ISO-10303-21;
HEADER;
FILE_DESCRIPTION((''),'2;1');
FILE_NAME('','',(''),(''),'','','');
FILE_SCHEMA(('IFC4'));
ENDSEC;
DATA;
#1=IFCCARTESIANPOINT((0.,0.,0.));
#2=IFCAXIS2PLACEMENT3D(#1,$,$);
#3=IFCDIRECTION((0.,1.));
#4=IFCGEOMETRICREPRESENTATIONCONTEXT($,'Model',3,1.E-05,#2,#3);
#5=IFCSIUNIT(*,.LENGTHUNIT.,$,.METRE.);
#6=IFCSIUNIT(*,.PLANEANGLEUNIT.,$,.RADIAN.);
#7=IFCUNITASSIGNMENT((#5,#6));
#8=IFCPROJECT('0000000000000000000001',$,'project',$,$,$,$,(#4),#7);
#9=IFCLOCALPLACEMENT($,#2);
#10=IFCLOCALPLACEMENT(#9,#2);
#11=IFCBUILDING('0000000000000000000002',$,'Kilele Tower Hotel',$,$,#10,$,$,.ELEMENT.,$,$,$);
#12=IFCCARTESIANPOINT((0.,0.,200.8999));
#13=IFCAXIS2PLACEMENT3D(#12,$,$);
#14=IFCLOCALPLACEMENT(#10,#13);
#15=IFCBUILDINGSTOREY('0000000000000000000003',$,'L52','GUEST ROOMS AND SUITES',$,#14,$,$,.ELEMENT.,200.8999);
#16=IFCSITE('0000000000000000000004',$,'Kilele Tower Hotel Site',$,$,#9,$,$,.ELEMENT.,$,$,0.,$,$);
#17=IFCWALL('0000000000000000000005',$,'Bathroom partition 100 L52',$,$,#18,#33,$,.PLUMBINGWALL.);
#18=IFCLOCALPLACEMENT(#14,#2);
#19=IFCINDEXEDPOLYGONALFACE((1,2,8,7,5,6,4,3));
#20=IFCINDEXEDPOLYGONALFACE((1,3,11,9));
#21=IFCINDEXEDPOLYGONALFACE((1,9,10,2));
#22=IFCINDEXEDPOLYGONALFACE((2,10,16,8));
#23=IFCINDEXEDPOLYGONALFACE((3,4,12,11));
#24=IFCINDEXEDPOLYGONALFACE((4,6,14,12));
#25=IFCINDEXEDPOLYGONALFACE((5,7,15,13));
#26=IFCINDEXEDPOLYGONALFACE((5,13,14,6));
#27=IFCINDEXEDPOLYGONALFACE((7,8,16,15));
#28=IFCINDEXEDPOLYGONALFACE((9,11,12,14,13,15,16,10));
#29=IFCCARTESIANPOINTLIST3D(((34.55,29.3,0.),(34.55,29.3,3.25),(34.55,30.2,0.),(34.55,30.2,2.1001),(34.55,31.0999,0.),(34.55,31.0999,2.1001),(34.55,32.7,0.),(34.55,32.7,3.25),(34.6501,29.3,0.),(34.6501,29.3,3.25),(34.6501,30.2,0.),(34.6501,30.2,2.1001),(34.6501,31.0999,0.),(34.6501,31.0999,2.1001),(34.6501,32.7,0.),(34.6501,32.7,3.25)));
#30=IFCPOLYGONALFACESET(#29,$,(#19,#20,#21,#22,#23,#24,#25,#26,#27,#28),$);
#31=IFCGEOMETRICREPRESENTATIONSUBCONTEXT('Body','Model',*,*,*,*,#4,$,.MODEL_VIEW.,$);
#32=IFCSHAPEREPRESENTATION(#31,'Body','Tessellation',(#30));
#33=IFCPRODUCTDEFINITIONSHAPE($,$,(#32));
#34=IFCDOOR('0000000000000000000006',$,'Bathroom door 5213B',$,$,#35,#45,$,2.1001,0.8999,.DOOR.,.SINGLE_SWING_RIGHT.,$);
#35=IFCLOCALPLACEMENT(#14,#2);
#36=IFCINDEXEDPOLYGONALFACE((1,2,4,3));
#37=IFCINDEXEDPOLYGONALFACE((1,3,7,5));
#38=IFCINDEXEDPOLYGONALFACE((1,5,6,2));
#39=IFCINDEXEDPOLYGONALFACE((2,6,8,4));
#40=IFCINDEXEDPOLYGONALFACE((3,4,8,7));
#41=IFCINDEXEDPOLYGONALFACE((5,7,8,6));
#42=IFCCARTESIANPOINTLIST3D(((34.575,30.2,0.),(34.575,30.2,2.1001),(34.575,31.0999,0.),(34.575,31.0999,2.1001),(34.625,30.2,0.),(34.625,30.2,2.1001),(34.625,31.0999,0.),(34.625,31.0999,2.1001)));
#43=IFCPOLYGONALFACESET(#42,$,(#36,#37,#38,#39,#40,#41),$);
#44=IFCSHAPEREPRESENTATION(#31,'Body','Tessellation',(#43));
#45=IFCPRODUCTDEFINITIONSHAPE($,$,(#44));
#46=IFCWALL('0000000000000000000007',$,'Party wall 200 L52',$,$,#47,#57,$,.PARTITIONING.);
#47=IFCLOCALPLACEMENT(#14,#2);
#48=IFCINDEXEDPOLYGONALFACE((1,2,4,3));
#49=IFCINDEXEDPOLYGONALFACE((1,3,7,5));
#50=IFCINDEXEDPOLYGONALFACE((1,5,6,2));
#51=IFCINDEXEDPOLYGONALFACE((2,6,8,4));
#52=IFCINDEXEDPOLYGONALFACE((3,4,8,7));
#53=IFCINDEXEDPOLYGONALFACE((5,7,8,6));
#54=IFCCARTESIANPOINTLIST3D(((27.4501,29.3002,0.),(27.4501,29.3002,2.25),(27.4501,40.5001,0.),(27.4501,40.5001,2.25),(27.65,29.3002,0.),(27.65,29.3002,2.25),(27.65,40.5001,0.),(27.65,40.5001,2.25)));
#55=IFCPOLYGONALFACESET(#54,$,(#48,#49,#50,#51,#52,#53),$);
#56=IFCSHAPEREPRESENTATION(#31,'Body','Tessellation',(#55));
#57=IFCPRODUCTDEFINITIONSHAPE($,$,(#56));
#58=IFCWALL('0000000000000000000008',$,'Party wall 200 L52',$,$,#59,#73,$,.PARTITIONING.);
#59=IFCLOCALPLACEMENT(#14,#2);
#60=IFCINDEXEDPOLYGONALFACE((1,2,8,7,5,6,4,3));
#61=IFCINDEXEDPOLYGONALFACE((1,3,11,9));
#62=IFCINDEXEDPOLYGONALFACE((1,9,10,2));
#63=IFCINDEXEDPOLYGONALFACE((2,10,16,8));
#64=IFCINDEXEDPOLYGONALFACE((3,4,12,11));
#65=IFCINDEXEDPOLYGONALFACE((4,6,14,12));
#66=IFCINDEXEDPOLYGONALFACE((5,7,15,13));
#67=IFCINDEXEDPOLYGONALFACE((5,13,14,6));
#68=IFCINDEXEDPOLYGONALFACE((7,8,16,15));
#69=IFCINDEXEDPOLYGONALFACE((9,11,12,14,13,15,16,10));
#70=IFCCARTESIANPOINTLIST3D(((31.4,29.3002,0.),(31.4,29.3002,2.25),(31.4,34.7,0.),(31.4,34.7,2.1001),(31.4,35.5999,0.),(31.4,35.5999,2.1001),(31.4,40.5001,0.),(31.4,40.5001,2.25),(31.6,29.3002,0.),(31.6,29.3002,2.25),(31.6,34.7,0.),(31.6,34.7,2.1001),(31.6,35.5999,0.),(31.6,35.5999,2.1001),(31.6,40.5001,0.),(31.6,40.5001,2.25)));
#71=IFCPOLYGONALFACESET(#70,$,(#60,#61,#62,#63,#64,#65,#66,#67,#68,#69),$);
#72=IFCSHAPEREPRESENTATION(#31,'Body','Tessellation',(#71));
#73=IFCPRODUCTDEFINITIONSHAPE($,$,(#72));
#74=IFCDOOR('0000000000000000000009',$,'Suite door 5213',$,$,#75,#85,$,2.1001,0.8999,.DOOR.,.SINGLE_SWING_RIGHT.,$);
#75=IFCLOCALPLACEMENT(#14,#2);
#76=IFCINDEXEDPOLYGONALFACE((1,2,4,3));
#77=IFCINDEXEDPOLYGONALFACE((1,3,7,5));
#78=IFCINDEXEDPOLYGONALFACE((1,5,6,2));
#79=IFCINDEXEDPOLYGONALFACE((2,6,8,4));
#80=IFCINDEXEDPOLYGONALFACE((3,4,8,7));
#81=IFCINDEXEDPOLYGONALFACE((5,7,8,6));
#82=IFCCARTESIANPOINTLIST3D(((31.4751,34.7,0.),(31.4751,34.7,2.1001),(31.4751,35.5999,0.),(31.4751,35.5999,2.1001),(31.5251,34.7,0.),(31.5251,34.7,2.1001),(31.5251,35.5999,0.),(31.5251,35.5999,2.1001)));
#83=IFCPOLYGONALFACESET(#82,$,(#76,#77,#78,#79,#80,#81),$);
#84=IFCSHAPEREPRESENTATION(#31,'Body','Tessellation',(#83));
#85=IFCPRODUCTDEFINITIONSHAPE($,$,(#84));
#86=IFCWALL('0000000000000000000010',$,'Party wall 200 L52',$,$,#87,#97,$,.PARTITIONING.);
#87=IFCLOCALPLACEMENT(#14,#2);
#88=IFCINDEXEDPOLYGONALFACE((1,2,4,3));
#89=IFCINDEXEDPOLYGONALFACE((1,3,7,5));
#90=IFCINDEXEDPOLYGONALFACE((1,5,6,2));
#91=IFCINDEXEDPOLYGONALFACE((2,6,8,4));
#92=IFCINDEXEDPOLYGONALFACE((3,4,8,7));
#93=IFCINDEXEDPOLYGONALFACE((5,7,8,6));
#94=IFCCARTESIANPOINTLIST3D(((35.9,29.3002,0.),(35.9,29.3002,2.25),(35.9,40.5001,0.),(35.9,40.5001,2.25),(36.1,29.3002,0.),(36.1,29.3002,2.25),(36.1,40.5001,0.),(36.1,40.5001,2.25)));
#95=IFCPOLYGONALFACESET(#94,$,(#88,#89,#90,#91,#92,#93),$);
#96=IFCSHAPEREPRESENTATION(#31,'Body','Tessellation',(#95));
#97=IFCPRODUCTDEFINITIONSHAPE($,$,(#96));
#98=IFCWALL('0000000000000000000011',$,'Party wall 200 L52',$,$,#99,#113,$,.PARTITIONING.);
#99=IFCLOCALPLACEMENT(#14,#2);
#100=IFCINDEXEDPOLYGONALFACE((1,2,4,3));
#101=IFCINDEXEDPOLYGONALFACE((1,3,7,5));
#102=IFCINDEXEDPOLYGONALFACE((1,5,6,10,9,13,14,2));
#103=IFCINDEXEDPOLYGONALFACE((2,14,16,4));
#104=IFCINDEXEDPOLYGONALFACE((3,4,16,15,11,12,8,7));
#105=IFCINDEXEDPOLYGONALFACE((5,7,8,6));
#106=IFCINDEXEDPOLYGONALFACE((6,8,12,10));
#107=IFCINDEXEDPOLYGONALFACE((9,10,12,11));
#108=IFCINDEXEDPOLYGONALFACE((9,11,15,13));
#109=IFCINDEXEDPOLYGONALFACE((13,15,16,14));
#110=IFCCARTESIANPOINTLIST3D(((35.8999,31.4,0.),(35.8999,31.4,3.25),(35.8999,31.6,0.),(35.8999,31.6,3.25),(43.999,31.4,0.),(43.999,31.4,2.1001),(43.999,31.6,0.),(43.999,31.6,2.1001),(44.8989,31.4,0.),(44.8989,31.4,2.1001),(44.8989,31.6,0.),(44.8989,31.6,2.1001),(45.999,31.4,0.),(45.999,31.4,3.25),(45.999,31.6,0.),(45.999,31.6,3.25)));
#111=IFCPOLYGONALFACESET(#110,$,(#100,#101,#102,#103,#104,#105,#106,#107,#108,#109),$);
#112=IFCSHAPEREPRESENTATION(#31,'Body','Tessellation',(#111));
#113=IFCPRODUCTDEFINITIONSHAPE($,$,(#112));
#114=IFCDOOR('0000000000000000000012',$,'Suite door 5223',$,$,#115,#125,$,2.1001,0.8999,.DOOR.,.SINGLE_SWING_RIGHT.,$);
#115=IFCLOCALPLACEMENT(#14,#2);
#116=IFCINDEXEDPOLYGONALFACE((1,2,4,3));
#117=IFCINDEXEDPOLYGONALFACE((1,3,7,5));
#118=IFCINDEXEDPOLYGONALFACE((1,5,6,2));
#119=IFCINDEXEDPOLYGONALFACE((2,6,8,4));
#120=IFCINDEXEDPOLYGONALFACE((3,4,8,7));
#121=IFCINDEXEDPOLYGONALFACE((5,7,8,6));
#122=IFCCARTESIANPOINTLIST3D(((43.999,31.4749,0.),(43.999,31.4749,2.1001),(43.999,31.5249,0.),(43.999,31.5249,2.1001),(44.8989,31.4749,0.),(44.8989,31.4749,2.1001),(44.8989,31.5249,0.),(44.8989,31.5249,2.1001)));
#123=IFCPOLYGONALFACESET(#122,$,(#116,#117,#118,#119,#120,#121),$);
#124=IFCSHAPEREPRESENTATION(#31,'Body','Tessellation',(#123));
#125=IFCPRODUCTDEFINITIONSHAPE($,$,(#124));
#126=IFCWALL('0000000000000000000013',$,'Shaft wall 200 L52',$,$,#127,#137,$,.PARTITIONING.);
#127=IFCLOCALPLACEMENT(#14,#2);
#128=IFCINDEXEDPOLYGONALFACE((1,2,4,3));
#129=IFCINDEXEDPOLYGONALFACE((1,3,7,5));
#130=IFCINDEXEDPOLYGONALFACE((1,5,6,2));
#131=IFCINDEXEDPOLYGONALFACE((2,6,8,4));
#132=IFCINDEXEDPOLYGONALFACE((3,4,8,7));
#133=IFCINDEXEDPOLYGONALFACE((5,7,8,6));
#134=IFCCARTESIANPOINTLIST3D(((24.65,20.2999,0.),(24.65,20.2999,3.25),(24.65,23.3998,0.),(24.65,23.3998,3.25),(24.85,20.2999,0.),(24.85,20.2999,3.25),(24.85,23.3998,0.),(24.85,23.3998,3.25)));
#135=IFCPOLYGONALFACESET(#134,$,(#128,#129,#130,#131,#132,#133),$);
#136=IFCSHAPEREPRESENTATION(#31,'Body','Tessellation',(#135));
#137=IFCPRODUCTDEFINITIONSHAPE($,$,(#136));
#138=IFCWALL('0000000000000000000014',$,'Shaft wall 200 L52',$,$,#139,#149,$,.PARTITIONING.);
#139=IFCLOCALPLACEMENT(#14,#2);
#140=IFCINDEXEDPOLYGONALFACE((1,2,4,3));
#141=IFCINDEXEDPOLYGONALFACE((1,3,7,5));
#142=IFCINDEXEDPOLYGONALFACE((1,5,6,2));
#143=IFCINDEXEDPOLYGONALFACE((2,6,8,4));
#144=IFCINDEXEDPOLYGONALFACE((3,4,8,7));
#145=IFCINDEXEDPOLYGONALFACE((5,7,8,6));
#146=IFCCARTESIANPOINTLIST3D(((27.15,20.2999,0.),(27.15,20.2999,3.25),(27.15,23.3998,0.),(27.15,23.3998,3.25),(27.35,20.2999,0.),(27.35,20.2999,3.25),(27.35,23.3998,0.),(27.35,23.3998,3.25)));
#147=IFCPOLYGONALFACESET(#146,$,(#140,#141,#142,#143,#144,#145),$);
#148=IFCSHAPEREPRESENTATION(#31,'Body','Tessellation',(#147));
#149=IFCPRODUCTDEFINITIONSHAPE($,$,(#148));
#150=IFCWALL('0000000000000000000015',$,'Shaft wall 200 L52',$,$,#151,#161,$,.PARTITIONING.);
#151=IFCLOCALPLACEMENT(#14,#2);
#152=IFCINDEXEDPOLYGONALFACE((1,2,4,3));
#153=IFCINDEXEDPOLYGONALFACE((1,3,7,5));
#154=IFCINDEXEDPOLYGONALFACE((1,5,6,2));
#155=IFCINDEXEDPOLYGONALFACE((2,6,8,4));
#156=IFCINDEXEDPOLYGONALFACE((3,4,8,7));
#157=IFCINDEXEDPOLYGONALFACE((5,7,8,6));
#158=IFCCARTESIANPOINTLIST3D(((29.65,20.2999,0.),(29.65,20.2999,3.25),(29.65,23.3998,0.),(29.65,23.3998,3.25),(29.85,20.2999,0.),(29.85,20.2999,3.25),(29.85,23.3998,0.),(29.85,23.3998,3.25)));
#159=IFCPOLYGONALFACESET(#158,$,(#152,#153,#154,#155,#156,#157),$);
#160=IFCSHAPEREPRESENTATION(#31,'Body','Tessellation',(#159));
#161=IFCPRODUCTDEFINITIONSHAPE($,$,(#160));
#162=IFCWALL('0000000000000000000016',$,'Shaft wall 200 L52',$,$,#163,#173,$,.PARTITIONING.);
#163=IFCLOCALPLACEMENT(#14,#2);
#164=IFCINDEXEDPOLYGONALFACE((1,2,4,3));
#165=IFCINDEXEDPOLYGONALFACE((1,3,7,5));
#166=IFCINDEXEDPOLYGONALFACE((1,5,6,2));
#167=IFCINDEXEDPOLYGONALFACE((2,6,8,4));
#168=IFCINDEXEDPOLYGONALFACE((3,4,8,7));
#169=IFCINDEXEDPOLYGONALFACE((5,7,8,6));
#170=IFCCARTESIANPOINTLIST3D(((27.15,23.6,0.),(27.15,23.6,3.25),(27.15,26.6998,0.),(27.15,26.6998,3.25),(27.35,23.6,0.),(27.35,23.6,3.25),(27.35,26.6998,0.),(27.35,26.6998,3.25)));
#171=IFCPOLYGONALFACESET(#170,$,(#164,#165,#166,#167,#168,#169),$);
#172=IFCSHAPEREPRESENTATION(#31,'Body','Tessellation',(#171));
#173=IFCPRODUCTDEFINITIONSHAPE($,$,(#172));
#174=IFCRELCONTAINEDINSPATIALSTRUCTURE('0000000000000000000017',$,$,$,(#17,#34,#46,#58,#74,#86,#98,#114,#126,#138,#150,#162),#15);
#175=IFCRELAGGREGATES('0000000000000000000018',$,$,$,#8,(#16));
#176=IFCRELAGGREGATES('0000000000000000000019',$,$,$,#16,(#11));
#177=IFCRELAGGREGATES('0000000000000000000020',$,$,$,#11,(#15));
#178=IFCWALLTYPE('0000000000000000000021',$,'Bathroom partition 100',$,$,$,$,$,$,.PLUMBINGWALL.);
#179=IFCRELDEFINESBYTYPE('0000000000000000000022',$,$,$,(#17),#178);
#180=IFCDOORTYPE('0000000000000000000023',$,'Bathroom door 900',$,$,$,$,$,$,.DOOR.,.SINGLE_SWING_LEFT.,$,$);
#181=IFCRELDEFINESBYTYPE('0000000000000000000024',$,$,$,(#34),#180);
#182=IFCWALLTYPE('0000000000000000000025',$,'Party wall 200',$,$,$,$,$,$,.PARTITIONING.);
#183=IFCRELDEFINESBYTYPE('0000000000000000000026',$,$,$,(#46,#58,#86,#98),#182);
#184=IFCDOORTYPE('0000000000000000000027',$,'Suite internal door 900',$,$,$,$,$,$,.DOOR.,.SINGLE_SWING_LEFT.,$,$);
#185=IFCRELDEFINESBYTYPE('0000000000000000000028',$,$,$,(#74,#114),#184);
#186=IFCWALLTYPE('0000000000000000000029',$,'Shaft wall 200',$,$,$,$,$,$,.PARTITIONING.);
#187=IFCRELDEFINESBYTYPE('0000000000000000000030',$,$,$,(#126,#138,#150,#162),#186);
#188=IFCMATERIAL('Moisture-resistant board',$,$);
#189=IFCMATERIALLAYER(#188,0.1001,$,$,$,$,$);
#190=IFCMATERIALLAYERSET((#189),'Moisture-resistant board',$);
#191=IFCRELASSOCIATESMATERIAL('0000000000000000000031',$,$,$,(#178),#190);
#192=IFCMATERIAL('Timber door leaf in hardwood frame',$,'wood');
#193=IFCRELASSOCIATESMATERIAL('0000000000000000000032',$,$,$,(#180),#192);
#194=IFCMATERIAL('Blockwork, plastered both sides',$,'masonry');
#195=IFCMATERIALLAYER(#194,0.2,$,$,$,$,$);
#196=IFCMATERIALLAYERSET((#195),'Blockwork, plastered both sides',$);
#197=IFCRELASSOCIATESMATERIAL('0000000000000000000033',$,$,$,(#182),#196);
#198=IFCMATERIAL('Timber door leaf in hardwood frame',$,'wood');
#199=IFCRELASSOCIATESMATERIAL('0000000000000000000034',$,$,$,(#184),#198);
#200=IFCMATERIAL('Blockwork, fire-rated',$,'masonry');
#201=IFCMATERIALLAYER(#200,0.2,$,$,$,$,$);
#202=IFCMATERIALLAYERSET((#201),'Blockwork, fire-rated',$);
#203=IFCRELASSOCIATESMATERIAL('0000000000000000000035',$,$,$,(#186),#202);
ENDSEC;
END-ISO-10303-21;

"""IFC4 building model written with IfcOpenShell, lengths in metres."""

from ifc_helpers import new_model, si_unit, direction, frame, frame_2d, origin, place, context, subcontext, project, spatial, rectangle, extrude, material, layer, layer_set, type_object, element, fill, save


model = new_model("IFC4")

# Units and contexts
model_context = context("Model", 3, precision=1e-05, world=origin(), true_north=direction((0.0, 1.0)))
body_context = subcontext(model_context, "Body", "Model", "MODEL_VIEW")
ifc_project = project(units=[si_unit("LENGTHUNIT", "METRE"), si_unit("PLANEANGLEUNIT", "RADIAN")], contexts=[model_context])

# Site, building, storey
site_placement = place(None, origin())
site = spatial("IfcSite", under=ifc_project, at=site_placement, Name="Kilele Tower Hotel Site", CompositionType="ELEMENT", RefElevation=0.0)
building_placement = place(site_placement, origin())
building = spatial("IfcBuilding", under=site, at=building_placement, Name="Kilele Tower Hotel", CompositionType="ELEMENT")
storey_placement = place(building_placement, frame((0.0, 0.0, 200.8999)))
storey = spatial("IfcBuildingStorey", under=building, at=storey_placement, Name="L52", Description="GUEST ROOMS AND SUITES", CompositionType="ELEMENT", Elevation=200.8999)

# Shared definitions
ifc_material_1 = material(Name="Moisture-resistant board")
ifc_layer_1 = layer(ifc_material_1, 0.1001)
ifc_layer_set_1 = layer_set([ifc_layer_1], Name="Moisture-resistant board")
wall_type_1 = type_object("IfcWallType", Name="Bathroom partition 100", PredefinedType="PLUMBINGWALL", material=ifc_layer_set_1)

# Shared definitions
ifc_material_2 = material(Name="Timber door leaf in hardwood frame", Category="wood")
door_type_1 = type_object("IfcDoorType", Name="Bathroom door 900", OperationType="SINGLE_SWING_LEFT", PredefinedType="DOOR", material=ifc_material_2)

# Wall, opening, door
wall_1_placement = place(storey_placement, frame((34.6001, 29.3, 0.0), z_axis=(0.0, 0.0, 1.0), x_axis=(0.0, 1.0, 0.0)))
wall_1 = element("IfcWall", 1, at=wall_1_placement, inside=storey, type_object=wall_type_1, Name="Bathroom partition 100 L52", PredefinedType="PLUMBINGWALL", context=body_context, shape_type="SweptSolid", body=[
    extrude(rectangle(XDim=3.3999, YDim=0.1001, at=frame_2d((1.7, 0.0))), origin(), (0.0, 0.0, 1.0), 3.25),
])
opening_1_placement = place(wall_1_placement, frame((1.7998, 0.0, 0.0), z_axis=(0.0, 0.0, 1.0), x_axis=(-1.0, 0.0, 0.0)))
opening_1 = element("IfcOpeningElement", 2, at=opening_1_placement, cuts=wall_1, PredefinedType="OPENING", context=body_context, shape_type="SweptSolid", body=[
    extrude(rectangle(XDim=0.8999, YDim=2.1001, at=frame_2d((0.45, 1.05))), frame((0.0, 0.0601, 0.0), z_axis=(0.0, -1.0, 0.0), x_axis=(1.0, 0.0, 0.0)), (0.0, 0.0, 1.0), 0.1201),
])
door_1_placement = place(opening_1_placement, origin())
door_1 = element("IfcDoor", 3, at=door_1_placement, inside=storey, type_object=door_type_1, Name="Bathroom door 5213B", OperationType="SINGLE_SWING_RIGHT", OverallHeight=2.1001, OverallWidth=0.8999, PredefinedType="DOOR", context=body_context, shape_type="SweptSolid", body=[
    extrude(rectangle(XDim=0.8999, YDim=2.1001, at=frame_2d((0.45, 1.05))), frame((0.0, 0.0249, 0.0), z_axis=(0.0, -1.0, 0.0), x_axis=(1.0, 0.0, 0.0)), (0.0, 0.0, 1.0), 0.05),
])
fill(opening_1, door_1)

# Wall
ifc_material_3 = material(Name="Blockwork, plastered both sides", Category="masonry")
ifc_layer_2 = layer(ifc_material_3, 0.2)
ifc_layer_set_2 = layer_set([ifc_layer_2], Name="Blockwork, plastered both sides")
wall_type_2 = type_object("IfcWallType", Name="Party wall 200", PredefinedType="PARTITIONING", material=ifc_layer_set_2)
wall_2_placement = place(storey_placement, frame((27.55, 29.3, 0.0), z_axis=(0.0, 0.0, 1.0), x_axis=(0.0, 1.0, 0.0)))
element("IfcWall", 4, at=wall_2_placement, inside=storey, type_object=wall_type_2, Name="Party wall 200 L52", PredefinedType="PARTITIONING", context=body_context, shape_type="SweptSolid", body=[
    extrude(rectangle(XDim=11.2, YDim=0.2, at=frame_2d((5.6001, 0.0))), origin(), (0.0, 0.0, 1.0), 2.25),
])

# Wall, opening, door
wall_3_placement = place(storey_placement, frame((31.5, 29.3, 0.0), z_axis=(0.0, 0.0, 1.0), x_axis=(0.0, 1.0, 0.0)))
wall_3 = element("IfcWall", 5, at=wall_3_placement, inside=storey, type_object=wall_type_2, Name="Party wall 200 L52", PredefinedType="PARTITIONING", context=body_context, shape_type="SweptSolid", body=[
    extrude(rectangle(XDim=11.2, YDim=0.2, at=frame_2d((5.6001, 0.0))), origin(), (0.0, 0.0, 1.0), 2.25),
])
opening_2_placement = place(wall_3_placement, frame((5.3999, 0.0, 0.0)))
opening_2 = element("IfcOpeningElement", 6, at=opening_2_placement, cuts=wall_3, PredefinedType="OPENING", context=body_context, shape_type="SweptSolid", body=[
    extrude(rectangle(XDim=0.8999, YDim=2.1001, at=frame_2d((0.45, 1.05))), frame((0.0, 0.1099, 0.0), z_axis=(0.0, -1.0, 0.0), x_axis=(1.0, 0.0, 0.0)), (0.0, 0.0, 1.0), 0.22),
])
ifc_material_4 = material(Name="Timber door leaf in hardwood frame", Category="wood")
door_type_2 = type_object("IfcDoorType", Name="Suite internal door 900", OperationType="SINGLE_SWING_LEFT", PredefinedType="DOOR", material=ifc_material_4)
door_2_placement = place(opening_2_placement, origin())
door_2 = element("IfcDoor", 7, at=door_2_placement, inside=storey, type_object=door_type_2, Name="Suite door 5213", OperationType="SINGLE_SWING_RIGHT", OverallHeight=2.1001, OverallWidth=0.8999, PredefinedType="DOOR", context=body_context, shape_type="SweptSolid", body=[
    extrude(rectangle(XDim=0.8999, YDim=2.1001, at=frame_2d((0.45, 1.05))), frame((0.0, 0.0249, 0.0), z_axis=(0.0, -1.0, 0.0), x_axis=(1.0, 0.0, 0.0)), (0.0, 0.0, 1.0), 0.05),
])
fill(opening_2, door_2)

# Wall
wall_4_placement = place(storey_placement, frame((36.0, 29.3, 0.0), z_axis=(0.0, 0.0, 1.0), x_axis=(0.0, 1.0, 0.0)))
element("IfcWall", 8, at=wall_4_placement, inside=storey, type_object=wall_type_2, Name="Party wall 200 L52", PredefinedType="PARTITIONING", context=body_context, shape_type="SweptSolid", body=[
    extrude(rectangle(XDim=11.2, YDim=0.2, at=frame_2d((5.6001, 0.0))), origin(), (0.0, 0.0, 1.0), 2.25),
])

# Wall, opening, door
wall_5_placement = place(storey_placement, frame((35.8999, 31.5, 0.0), z_axis=(0.0, 0.0, 1.0), x_axis=(1.0, 0.0, 0.0)))
wall_5 = element("IfcWall", 9, at=wall_5_placement, inside=storey, type_object=wall_type_2, Name="Party wall 200 L52", PredefinedType="PARTITIONING", context=body_context, shape_type="SweptSolid", body=[
    extrude(rectangle(XDim=10.0991, YDim=0.2, at=frame_2d((5.0496, 0.0))), origin(), (0.0, 0.0, 1.0), 3.25),
])
opening_3_placement = place(wall_5_placement, frame((8.0991, 0.0, 0.0)))
opening_3 = element("IfcOpeningElement", 10, at=opening_3_placement, cuts=wall_5, PredefinedType="OPENING", context=body_context, shape_type="SweptSolid", body=[
    extrude(rectangle(XDim=0.8999, YDim=2.1001, at=frame_2d((0.45, 1.05))), frame((0.0, 0.1099, 0.0), z_axis=(0.0, -1.0, 0.0), x_axis=(1.0, 0.0, 0.0)), (0.0, 0.0, 1.0), 0.22),
])
door_3_placement = place(opening_3_placement, origin())
door_3 = element("IfcDoor", 11, at=door_3_placement, inside=storey, type_object=door_type_2, Name="Suite door 5223", OperationType="SINGLE_SWING_RIGHT", OverallHeight=2.1001, OverallWidth=0.8999, PredefinedType="DOOR", context=body_context, shape_type="SweptSolid", body=[
    extrude(rectangle(XDim=0.8999, YDim=2.1001, at=frame_2d((0.45, 1.05))), frame((0.0, 0.0249, 0.0), z_axis=(0.0, -1.0, 0.0), x_axis=(1.0, 0.0, 0.0)), (0.0, 0.0, 1.0), 0.05),
])
fill(opening_3, door_3)

# Walls
ifc_material_5 = material(Name="Blockwork, fire-rated", Category="masonry")
ifc_layer_3 = layer(ifc_material_5, 0.2)
ifc_layer_set_3 = layer_set([ifc_layer_3], Name="Blockwork, fire-rated")
wall_type_3 = type_object("IfcWallType", Name="Shaft wall 200", PredefinedType="PARTITIONING", material=ifc_layer_set_3)
for number, where, z_axis, x_axis, name in (
    (12, (24.75, 20.3, 0.0), (0.0, 0.0, 1.0), (0.0, 1.0, 0.0), "Shaft wall 200 L52"),
    (13, (27.25, 20.3, 0.0), (0.0, 0.0, 1.0), (0.0, 1.0, 0.0), "Shaft wall 200 L52"),
    (14, (29.75, 20.3, 0.0), (0.0, 0.0, 1.0), (0.0, 1.0, 0.0), "Shaft wall 200 L52"),
    (15, (27.25, 23.6001, 0.0), (0.0, 0.0, 1.0), (0.0, 1.0, 0.0), "Shaft wall 200 L52"),
):
    element("IfcWall", number, at=place(storey_placement, frame(where, z_axis=z_axis, x_axis=x_axis)), inside=storey, type_object=wall_type_3, Name=name, PredefinedType="PARTITIONING", context=body_context, shape_type="SweptSolid", body=[
        extrude(rectangle(XDim=3.0999, YDim=0.2, at=frame_2d((1.5498, 0.0))), origin(), (0.0, 0.0, 1.0), 3.25),
    ])

save(model, "model.ifc")
